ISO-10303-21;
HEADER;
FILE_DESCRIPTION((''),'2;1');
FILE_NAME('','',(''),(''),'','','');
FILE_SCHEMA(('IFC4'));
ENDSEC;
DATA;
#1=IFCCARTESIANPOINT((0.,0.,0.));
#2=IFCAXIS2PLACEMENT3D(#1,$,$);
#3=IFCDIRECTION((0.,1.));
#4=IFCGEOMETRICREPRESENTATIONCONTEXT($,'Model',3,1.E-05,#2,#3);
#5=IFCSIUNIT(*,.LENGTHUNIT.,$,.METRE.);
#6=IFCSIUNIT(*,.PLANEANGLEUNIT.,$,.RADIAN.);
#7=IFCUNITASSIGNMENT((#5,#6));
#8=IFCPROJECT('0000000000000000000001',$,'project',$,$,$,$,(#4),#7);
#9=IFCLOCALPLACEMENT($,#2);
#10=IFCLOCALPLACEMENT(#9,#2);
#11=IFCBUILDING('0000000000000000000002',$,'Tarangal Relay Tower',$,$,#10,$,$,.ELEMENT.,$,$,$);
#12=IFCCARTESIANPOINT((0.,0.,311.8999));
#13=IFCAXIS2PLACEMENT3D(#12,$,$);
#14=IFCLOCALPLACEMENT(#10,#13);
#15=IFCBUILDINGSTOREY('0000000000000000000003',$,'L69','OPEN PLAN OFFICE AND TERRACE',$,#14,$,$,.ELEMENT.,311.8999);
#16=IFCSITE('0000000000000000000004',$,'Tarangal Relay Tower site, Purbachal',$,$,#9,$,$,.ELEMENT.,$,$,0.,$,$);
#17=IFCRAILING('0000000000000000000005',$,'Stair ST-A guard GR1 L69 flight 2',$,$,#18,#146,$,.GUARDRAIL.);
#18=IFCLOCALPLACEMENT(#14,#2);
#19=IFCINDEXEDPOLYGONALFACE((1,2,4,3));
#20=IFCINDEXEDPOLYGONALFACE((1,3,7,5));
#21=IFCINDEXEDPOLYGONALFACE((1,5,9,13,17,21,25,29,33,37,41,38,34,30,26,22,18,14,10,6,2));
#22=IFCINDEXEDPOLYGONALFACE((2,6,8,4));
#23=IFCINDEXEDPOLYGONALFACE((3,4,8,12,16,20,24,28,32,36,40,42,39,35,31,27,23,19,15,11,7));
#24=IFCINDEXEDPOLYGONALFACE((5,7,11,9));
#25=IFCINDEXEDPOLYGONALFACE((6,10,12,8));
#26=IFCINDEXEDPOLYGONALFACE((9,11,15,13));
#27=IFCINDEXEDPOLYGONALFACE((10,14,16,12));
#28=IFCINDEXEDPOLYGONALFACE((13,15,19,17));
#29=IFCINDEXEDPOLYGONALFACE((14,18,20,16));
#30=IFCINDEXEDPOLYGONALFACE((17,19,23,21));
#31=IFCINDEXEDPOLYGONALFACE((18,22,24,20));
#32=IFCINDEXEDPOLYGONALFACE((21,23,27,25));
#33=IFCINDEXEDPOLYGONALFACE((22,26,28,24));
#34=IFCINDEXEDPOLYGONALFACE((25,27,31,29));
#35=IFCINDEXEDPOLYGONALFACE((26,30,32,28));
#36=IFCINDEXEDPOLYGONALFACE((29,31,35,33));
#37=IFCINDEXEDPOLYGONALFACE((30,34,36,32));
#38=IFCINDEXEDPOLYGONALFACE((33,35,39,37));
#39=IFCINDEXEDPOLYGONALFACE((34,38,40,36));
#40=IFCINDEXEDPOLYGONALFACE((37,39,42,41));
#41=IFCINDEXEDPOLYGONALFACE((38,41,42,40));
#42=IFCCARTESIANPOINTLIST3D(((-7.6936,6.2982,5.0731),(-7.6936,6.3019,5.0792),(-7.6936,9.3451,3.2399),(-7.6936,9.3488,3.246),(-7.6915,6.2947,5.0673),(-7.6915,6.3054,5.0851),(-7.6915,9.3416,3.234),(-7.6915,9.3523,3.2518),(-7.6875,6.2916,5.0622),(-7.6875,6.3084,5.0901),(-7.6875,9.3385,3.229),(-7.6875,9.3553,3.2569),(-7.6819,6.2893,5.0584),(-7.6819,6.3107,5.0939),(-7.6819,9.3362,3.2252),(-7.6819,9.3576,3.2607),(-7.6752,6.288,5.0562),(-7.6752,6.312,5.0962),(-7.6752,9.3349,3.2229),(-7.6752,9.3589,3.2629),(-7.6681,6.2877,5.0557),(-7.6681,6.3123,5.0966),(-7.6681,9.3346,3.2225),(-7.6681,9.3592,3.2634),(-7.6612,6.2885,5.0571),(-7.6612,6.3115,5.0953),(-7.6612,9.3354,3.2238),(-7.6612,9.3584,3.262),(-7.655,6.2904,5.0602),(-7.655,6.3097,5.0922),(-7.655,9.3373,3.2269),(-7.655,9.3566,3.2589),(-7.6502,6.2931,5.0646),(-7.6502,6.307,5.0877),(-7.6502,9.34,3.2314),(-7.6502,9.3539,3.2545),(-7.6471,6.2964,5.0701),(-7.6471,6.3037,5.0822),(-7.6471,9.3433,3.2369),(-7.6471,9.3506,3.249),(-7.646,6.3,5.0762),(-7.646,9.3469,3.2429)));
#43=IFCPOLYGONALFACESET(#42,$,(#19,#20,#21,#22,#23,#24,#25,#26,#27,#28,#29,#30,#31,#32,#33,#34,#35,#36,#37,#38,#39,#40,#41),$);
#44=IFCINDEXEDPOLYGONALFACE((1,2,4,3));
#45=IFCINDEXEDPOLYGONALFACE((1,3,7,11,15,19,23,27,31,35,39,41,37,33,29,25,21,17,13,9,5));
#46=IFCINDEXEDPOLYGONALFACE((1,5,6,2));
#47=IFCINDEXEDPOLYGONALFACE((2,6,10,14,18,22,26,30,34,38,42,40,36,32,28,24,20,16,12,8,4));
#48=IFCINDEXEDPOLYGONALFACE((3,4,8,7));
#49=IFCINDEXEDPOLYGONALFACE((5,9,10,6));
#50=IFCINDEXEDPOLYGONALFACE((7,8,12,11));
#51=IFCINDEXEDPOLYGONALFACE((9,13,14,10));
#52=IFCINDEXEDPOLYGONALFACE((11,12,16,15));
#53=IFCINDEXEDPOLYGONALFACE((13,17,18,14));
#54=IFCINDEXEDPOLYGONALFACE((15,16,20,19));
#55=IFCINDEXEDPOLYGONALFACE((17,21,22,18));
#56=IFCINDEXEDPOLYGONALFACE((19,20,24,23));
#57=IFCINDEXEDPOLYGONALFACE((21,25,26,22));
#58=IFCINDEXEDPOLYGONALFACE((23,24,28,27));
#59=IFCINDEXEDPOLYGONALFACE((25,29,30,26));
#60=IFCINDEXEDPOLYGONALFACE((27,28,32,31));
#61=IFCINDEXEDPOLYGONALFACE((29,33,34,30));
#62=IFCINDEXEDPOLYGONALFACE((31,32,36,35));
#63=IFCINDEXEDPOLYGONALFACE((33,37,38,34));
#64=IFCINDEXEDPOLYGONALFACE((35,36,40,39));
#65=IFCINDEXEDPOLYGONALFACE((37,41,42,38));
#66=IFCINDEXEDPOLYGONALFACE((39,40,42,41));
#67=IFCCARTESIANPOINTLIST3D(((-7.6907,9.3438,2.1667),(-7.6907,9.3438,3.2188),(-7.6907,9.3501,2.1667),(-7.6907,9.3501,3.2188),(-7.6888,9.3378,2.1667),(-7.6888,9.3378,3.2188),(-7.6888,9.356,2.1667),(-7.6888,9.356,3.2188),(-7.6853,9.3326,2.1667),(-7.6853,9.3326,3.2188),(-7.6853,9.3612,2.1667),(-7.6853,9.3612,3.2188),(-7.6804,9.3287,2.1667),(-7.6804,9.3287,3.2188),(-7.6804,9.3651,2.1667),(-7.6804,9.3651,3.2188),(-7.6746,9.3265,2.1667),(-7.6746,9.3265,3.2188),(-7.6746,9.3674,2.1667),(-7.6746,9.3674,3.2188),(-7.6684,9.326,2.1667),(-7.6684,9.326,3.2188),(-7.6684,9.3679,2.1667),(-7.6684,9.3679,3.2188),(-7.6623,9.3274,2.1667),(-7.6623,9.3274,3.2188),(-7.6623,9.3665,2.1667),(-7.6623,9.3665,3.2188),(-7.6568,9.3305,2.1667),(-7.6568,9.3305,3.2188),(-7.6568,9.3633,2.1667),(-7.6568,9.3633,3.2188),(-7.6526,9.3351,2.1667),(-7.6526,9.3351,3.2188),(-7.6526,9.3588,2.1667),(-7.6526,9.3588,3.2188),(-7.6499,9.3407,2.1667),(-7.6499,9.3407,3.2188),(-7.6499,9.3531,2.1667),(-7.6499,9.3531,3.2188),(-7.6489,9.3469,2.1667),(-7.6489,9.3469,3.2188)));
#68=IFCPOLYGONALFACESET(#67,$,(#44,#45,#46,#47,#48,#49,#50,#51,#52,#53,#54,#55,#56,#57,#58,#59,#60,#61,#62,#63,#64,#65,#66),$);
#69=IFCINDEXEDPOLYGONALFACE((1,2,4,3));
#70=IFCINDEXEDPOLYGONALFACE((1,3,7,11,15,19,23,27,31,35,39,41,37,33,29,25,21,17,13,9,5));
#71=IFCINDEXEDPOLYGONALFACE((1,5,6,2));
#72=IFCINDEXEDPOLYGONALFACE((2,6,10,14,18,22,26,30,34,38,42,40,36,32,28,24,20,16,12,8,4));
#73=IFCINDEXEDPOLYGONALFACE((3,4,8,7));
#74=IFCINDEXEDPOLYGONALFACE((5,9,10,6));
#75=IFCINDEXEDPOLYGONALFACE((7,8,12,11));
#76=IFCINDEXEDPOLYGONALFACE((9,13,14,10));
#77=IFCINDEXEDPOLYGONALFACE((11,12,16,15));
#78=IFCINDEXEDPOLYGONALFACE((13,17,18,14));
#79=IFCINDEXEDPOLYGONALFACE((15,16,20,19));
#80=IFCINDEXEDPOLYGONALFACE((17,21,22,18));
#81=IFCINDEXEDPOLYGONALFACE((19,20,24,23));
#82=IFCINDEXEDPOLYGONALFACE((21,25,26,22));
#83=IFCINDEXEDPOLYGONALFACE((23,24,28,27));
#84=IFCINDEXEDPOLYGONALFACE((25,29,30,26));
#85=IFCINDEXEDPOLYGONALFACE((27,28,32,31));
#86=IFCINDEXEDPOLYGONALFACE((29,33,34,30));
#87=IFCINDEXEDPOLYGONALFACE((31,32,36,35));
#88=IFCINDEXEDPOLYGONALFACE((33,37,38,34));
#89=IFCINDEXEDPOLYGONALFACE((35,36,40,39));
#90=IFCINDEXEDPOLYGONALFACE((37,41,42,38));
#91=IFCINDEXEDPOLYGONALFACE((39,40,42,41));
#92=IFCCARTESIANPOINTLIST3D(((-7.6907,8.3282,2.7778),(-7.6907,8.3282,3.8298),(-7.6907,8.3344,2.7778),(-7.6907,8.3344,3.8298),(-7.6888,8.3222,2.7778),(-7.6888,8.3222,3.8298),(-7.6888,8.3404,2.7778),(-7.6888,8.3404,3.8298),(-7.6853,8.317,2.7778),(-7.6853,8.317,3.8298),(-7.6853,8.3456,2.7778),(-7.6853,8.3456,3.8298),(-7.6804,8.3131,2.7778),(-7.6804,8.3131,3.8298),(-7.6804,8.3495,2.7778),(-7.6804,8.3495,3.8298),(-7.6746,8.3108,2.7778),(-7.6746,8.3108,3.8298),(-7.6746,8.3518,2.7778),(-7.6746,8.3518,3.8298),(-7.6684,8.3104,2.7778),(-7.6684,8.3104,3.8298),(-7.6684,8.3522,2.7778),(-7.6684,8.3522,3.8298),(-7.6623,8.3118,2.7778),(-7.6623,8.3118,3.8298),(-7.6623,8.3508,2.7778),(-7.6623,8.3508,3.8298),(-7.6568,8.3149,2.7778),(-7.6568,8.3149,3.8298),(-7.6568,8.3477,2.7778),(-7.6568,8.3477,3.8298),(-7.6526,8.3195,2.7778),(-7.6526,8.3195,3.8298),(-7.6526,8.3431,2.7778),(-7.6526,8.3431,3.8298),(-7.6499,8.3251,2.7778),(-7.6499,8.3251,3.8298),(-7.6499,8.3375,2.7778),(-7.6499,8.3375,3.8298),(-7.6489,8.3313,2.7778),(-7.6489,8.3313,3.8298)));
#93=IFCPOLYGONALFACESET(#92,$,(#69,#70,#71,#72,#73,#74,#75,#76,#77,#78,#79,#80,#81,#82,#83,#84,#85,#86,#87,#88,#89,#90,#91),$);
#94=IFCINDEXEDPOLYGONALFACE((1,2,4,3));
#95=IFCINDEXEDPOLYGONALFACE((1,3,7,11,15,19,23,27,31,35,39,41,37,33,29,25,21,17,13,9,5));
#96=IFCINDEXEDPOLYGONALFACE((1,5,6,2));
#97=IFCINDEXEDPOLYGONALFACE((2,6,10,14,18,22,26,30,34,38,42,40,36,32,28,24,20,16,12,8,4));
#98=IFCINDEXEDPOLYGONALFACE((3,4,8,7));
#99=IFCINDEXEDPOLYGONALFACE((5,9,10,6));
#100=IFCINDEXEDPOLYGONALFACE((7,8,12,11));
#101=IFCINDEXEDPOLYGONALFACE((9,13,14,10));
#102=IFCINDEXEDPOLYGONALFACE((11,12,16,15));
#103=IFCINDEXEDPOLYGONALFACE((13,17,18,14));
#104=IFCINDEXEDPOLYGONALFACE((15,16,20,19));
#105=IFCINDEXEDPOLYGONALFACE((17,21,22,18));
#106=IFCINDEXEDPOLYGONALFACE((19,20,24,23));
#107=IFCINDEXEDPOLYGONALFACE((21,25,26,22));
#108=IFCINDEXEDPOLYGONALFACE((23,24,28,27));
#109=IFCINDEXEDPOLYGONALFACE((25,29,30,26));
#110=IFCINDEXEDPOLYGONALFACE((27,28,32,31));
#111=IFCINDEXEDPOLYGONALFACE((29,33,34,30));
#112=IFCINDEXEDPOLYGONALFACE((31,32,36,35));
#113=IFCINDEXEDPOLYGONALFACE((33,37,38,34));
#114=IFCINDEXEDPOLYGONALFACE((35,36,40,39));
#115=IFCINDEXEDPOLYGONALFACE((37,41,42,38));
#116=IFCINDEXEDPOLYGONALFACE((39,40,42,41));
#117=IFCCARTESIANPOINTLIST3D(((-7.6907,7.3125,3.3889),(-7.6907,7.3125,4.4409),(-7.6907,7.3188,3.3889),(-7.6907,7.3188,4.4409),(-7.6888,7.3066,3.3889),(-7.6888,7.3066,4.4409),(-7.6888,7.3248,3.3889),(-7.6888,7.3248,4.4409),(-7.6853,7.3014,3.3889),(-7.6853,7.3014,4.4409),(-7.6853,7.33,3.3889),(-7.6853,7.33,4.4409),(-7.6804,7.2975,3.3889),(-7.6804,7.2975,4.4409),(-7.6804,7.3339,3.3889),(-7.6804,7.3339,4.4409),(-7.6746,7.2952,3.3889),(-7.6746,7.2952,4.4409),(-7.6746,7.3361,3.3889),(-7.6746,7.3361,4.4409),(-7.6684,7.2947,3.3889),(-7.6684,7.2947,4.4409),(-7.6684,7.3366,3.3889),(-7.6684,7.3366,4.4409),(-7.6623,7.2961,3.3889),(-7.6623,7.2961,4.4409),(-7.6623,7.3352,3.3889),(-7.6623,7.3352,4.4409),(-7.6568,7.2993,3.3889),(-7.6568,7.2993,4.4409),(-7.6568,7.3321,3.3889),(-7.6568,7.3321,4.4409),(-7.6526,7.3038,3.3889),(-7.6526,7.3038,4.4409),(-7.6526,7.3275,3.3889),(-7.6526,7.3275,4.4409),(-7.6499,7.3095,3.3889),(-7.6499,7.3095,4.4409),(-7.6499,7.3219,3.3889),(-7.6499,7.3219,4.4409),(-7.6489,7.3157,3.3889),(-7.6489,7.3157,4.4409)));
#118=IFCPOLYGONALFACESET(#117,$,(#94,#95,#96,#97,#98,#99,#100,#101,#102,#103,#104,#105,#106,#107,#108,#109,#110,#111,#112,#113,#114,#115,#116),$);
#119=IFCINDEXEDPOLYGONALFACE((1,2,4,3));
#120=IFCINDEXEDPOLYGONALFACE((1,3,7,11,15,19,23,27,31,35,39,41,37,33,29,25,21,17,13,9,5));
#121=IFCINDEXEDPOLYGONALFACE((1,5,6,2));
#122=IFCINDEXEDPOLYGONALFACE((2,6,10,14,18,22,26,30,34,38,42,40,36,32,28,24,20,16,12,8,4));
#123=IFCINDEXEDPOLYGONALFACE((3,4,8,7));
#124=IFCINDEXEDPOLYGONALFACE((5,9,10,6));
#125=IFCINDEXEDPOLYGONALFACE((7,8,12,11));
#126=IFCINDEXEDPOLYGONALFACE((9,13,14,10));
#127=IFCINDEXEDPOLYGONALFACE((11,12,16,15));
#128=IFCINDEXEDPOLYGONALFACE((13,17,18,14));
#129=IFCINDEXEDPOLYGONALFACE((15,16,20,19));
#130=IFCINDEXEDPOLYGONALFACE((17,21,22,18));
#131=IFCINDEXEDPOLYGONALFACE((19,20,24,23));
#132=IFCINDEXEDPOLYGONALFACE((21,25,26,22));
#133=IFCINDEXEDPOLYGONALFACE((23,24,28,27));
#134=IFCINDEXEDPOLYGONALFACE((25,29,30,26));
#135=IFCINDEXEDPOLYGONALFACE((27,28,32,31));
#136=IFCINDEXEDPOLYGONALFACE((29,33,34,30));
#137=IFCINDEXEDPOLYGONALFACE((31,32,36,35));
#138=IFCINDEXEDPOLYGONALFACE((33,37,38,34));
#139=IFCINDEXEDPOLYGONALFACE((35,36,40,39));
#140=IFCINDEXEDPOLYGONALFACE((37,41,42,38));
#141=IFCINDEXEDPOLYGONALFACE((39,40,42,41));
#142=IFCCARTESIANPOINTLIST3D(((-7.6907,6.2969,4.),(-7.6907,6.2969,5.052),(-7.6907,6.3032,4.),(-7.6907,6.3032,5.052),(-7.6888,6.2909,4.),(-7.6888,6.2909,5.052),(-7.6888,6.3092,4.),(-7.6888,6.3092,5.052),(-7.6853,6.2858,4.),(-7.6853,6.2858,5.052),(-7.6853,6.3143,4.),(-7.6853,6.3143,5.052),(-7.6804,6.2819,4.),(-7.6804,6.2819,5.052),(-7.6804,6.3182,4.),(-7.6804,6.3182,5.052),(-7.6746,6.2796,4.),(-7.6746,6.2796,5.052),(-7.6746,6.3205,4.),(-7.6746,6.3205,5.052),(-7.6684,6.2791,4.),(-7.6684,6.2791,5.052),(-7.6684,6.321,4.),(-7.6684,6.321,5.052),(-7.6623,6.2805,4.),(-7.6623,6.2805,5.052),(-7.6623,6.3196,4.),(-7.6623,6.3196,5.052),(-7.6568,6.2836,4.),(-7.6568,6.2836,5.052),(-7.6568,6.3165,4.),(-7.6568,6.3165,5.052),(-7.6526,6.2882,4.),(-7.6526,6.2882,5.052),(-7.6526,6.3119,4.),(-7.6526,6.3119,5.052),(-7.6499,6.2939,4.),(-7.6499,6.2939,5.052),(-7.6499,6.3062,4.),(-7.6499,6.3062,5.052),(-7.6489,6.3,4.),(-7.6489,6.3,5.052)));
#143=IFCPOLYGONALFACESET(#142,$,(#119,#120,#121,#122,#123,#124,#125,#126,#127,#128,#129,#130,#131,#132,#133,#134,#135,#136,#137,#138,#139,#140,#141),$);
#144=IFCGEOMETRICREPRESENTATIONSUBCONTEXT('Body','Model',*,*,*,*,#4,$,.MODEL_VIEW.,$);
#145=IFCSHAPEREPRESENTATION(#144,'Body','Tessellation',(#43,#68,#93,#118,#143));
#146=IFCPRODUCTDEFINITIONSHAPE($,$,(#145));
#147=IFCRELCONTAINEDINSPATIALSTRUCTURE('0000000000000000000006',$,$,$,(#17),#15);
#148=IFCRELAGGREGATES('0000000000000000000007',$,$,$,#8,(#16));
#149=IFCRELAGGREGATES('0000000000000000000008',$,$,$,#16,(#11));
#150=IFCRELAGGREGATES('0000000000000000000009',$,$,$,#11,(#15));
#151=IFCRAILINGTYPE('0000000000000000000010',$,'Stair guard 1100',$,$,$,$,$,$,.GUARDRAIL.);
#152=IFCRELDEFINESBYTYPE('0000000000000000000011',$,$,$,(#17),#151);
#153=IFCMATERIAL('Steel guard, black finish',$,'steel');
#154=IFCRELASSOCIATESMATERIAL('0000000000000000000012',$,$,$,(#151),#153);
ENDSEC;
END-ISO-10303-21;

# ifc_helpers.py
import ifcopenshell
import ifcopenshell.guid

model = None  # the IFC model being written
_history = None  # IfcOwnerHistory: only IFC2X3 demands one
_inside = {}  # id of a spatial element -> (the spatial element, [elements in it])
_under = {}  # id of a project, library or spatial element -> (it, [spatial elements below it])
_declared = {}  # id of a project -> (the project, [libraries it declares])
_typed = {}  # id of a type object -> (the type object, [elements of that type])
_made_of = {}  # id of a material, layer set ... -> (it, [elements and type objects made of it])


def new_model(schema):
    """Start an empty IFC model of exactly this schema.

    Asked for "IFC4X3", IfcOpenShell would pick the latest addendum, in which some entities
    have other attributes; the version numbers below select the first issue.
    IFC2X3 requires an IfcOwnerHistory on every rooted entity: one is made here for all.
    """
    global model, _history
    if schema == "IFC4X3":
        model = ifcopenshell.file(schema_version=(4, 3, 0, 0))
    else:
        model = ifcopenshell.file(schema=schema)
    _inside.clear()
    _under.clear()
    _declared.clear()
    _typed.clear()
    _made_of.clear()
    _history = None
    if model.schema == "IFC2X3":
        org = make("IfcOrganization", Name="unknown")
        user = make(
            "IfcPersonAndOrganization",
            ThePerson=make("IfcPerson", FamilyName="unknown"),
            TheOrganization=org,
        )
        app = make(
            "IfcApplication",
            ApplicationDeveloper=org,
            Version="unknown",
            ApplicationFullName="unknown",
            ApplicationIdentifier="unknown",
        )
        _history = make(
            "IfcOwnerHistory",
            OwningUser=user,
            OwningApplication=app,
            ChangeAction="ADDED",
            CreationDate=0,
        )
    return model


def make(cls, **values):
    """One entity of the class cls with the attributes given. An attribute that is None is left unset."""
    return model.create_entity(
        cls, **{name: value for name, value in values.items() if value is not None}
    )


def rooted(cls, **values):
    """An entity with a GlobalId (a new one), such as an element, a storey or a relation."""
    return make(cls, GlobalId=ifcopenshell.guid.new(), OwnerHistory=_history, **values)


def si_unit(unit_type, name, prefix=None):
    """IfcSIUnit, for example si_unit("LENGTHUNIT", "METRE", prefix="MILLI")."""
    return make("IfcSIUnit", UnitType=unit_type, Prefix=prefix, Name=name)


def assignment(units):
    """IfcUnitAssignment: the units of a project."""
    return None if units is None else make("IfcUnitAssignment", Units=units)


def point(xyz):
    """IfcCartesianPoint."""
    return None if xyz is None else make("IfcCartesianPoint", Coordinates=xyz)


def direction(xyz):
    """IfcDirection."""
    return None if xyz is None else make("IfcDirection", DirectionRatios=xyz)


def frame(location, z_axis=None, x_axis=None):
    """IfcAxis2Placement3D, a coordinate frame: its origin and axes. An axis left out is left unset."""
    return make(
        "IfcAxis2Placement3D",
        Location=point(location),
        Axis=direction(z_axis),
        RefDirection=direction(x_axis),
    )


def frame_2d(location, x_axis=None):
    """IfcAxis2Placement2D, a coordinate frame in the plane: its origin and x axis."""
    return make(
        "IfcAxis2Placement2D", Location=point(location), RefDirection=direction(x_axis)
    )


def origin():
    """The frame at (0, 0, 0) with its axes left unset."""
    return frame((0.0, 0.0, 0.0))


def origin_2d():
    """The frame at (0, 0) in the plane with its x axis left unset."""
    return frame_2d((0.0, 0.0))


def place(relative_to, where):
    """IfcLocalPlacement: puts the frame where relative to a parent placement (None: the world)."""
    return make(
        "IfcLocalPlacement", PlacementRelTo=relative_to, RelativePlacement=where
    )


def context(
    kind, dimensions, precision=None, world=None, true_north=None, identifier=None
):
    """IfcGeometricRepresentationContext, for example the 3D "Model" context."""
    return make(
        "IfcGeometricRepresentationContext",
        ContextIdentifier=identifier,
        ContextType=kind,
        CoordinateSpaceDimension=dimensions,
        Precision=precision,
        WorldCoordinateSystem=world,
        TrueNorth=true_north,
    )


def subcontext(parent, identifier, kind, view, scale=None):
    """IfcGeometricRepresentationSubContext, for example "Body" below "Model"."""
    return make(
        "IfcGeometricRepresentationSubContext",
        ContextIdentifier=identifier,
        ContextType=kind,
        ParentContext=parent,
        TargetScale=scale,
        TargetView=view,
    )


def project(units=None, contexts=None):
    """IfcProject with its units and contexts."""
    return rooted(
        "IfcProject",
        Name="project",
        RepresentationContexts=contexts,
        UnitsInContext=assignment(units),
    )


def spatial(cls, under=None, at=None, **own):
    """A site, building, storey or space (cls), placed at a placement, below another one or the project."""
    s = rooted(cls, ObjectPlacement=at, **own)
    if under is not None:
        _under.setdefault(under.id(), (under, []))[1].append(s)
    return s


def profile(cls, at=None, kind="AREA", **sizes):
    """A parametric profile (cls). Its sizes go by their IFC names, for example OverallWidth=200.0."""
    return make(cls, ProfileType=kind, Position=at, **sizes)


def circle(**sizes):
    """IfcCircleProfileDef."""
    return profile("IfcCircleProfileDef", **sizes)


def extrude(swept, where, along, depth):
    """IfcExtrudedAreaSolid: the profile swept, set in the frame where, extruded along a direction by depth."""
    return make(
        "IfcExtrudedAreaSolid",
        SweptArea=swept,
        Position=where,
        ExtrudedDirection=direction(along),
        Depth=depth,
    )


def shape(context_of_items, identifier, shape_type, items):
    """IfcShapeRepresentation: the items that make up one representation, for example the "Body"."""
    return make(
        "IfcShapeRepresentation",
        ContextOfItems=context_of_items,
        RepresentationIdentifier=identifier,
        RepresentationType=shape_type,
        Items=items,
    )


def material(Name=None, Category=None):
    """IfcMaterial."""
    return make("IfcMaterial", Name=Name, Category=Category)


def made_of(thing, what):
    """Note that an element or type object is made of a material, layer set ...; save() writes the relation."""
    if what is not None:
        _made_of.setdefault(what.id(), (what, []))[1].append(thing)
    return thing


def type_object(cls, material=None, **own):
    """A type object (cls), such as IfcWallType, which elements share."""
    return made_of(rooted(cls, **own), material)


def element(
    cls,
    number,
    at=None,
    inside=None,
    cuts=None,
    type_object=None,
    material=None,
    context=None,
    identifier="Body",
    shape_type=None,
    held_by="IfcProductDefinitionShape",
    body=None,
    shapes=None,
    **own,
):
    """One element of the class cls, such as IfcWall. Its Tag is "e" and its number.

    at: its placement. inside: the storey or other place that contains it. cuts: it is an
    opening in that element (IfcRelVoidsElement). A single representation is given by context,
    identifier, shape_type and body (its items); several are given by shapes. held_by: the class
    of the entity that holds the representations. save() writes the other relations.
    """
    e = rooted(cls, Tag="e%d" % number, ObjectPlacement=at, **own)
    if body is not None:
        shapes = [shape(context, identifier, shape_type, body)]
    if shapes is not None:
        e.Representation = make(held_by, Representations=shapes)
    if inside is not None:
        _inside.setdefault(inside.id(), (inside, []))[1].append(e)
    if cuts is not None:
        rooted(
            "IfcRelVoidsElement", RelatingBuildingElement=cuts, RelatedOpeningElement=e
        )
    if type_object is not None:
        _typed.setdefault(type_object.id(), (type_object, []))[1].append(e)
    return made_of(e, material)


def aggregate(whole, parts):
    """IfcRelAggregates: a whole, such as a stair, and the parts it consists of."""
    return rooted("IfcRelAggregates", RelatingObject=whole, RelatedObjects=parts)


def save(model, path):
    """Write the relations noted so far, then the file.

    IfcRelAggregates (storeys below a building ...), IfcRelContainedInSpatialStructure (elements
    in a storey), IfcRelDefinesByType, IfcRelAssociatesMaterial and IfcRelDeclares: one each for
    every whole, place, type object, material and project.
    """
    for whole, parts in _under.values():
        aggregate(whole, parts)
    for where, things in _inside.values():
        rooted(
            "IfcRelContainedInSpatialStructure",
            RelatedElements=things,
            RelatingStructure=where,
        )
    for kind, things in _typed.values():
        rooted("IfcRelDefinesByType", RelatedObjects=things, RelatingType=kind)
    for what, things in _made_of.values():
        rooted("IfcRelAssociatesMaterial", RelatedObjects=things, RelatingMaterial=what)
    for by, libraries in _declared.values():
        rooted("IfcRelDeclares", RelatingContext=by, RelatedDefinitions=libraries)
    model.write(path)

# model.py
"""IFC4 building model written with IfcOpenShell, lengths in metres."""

from ifc_helpers import new_model, si_unit, direction, frame, origin, origin_2d, place, context, subcontext, project, spatial, circle, extrude, material, type_object, element, save


model = new_model("IFC4")

# Units and contexts
model_context = context("Model", 3, precision=1e-05, world=origin(), true_north=direction((0.0, 1.0)))
body_context = subcontext(model_context, "Body", "Model", "MODEL_VIEW")
ifc_project = project(units=[si_unit("LENGTHUNIT", "METRE"), si_unit("PLANEANGLEUNIT", "RADIAN")], contexts=[model_context])

# Site, building, storey
site_placement = place(None, origin())
site = spatial("IfcSite", under=ifc_project, at=site_placement, Name="Tarangal Relay Tower site, Purbachal", CompositionType="ELEMENT", RefElevation=0.0)
building_placement = place(site_placement, origin())
building = spatial("IfcBuilding", under=site, at=building_placement, Name="Tarangal Relay Tower", CompositionType="ELEMENT")
storey_placement = place(building_placement, frame((0.0, 0.0, 311.8999)))
storey = spatial("IfcBuildingStorey", under=building, at=storey_placement, Name="L69", Description="OPEN PLAN OFFICE AND TERRACE", CompositionType="ELEMENT", Elevation=311.8999)

# Railing
ifc_material_1 = material(Name="Steel guard, black finish", Category="steel")
railing_type_1 = type_object("IfcRailingType", Name="Stair guard 1100", PredefinedType="GUARDRAIL", material=ifc_material_1)
railing_1_placement = place(storey_placement, frame((-7.6699, 9.3469, 2.1667)))
element("IfcRailing", 1, at=railing_1_placement, inside=storey, type_object=railing_type_1, Name="Stair ST-A guard GR1 L69 flight 2", PredefinedType="GUARDRAIL", context=body_context, shape_type="SweptSolid", body=[
    extrude(circle(Radius=0.0239, at=origin_2d()), frame((0.0, 0.0, 1.0762), z_axis=(0.0, -0.856856, 0.515556), x_axis=(1.0, 0.0, 0.0)), (0.0, 0.0, 1.0), 3.5559),
    extrude(circle(Radius=0.021, at=origin_2d()), origin(), (0.0, 0.0, 1.0), 1.052),
    extrude(circle(Radius=0.021, at=origin_2d()), frame((0.0, -1.0156, 0.6111)), (0.0, 0.0, 1.0), 1.052),
    extrude(circle(Radius=0.021, at=origin_2d()), frame((0.0, -2.0312, 1.2222)), (0.0, 0.0, 1.0), 1.052),
    extrude(circle(Radius=0.021, at=origin_2d()), frame((0.0, -3.0469, 1.8333)), (0.0, 0.0, 1.0), 1.052),
])

save(model, "model.ifc")
